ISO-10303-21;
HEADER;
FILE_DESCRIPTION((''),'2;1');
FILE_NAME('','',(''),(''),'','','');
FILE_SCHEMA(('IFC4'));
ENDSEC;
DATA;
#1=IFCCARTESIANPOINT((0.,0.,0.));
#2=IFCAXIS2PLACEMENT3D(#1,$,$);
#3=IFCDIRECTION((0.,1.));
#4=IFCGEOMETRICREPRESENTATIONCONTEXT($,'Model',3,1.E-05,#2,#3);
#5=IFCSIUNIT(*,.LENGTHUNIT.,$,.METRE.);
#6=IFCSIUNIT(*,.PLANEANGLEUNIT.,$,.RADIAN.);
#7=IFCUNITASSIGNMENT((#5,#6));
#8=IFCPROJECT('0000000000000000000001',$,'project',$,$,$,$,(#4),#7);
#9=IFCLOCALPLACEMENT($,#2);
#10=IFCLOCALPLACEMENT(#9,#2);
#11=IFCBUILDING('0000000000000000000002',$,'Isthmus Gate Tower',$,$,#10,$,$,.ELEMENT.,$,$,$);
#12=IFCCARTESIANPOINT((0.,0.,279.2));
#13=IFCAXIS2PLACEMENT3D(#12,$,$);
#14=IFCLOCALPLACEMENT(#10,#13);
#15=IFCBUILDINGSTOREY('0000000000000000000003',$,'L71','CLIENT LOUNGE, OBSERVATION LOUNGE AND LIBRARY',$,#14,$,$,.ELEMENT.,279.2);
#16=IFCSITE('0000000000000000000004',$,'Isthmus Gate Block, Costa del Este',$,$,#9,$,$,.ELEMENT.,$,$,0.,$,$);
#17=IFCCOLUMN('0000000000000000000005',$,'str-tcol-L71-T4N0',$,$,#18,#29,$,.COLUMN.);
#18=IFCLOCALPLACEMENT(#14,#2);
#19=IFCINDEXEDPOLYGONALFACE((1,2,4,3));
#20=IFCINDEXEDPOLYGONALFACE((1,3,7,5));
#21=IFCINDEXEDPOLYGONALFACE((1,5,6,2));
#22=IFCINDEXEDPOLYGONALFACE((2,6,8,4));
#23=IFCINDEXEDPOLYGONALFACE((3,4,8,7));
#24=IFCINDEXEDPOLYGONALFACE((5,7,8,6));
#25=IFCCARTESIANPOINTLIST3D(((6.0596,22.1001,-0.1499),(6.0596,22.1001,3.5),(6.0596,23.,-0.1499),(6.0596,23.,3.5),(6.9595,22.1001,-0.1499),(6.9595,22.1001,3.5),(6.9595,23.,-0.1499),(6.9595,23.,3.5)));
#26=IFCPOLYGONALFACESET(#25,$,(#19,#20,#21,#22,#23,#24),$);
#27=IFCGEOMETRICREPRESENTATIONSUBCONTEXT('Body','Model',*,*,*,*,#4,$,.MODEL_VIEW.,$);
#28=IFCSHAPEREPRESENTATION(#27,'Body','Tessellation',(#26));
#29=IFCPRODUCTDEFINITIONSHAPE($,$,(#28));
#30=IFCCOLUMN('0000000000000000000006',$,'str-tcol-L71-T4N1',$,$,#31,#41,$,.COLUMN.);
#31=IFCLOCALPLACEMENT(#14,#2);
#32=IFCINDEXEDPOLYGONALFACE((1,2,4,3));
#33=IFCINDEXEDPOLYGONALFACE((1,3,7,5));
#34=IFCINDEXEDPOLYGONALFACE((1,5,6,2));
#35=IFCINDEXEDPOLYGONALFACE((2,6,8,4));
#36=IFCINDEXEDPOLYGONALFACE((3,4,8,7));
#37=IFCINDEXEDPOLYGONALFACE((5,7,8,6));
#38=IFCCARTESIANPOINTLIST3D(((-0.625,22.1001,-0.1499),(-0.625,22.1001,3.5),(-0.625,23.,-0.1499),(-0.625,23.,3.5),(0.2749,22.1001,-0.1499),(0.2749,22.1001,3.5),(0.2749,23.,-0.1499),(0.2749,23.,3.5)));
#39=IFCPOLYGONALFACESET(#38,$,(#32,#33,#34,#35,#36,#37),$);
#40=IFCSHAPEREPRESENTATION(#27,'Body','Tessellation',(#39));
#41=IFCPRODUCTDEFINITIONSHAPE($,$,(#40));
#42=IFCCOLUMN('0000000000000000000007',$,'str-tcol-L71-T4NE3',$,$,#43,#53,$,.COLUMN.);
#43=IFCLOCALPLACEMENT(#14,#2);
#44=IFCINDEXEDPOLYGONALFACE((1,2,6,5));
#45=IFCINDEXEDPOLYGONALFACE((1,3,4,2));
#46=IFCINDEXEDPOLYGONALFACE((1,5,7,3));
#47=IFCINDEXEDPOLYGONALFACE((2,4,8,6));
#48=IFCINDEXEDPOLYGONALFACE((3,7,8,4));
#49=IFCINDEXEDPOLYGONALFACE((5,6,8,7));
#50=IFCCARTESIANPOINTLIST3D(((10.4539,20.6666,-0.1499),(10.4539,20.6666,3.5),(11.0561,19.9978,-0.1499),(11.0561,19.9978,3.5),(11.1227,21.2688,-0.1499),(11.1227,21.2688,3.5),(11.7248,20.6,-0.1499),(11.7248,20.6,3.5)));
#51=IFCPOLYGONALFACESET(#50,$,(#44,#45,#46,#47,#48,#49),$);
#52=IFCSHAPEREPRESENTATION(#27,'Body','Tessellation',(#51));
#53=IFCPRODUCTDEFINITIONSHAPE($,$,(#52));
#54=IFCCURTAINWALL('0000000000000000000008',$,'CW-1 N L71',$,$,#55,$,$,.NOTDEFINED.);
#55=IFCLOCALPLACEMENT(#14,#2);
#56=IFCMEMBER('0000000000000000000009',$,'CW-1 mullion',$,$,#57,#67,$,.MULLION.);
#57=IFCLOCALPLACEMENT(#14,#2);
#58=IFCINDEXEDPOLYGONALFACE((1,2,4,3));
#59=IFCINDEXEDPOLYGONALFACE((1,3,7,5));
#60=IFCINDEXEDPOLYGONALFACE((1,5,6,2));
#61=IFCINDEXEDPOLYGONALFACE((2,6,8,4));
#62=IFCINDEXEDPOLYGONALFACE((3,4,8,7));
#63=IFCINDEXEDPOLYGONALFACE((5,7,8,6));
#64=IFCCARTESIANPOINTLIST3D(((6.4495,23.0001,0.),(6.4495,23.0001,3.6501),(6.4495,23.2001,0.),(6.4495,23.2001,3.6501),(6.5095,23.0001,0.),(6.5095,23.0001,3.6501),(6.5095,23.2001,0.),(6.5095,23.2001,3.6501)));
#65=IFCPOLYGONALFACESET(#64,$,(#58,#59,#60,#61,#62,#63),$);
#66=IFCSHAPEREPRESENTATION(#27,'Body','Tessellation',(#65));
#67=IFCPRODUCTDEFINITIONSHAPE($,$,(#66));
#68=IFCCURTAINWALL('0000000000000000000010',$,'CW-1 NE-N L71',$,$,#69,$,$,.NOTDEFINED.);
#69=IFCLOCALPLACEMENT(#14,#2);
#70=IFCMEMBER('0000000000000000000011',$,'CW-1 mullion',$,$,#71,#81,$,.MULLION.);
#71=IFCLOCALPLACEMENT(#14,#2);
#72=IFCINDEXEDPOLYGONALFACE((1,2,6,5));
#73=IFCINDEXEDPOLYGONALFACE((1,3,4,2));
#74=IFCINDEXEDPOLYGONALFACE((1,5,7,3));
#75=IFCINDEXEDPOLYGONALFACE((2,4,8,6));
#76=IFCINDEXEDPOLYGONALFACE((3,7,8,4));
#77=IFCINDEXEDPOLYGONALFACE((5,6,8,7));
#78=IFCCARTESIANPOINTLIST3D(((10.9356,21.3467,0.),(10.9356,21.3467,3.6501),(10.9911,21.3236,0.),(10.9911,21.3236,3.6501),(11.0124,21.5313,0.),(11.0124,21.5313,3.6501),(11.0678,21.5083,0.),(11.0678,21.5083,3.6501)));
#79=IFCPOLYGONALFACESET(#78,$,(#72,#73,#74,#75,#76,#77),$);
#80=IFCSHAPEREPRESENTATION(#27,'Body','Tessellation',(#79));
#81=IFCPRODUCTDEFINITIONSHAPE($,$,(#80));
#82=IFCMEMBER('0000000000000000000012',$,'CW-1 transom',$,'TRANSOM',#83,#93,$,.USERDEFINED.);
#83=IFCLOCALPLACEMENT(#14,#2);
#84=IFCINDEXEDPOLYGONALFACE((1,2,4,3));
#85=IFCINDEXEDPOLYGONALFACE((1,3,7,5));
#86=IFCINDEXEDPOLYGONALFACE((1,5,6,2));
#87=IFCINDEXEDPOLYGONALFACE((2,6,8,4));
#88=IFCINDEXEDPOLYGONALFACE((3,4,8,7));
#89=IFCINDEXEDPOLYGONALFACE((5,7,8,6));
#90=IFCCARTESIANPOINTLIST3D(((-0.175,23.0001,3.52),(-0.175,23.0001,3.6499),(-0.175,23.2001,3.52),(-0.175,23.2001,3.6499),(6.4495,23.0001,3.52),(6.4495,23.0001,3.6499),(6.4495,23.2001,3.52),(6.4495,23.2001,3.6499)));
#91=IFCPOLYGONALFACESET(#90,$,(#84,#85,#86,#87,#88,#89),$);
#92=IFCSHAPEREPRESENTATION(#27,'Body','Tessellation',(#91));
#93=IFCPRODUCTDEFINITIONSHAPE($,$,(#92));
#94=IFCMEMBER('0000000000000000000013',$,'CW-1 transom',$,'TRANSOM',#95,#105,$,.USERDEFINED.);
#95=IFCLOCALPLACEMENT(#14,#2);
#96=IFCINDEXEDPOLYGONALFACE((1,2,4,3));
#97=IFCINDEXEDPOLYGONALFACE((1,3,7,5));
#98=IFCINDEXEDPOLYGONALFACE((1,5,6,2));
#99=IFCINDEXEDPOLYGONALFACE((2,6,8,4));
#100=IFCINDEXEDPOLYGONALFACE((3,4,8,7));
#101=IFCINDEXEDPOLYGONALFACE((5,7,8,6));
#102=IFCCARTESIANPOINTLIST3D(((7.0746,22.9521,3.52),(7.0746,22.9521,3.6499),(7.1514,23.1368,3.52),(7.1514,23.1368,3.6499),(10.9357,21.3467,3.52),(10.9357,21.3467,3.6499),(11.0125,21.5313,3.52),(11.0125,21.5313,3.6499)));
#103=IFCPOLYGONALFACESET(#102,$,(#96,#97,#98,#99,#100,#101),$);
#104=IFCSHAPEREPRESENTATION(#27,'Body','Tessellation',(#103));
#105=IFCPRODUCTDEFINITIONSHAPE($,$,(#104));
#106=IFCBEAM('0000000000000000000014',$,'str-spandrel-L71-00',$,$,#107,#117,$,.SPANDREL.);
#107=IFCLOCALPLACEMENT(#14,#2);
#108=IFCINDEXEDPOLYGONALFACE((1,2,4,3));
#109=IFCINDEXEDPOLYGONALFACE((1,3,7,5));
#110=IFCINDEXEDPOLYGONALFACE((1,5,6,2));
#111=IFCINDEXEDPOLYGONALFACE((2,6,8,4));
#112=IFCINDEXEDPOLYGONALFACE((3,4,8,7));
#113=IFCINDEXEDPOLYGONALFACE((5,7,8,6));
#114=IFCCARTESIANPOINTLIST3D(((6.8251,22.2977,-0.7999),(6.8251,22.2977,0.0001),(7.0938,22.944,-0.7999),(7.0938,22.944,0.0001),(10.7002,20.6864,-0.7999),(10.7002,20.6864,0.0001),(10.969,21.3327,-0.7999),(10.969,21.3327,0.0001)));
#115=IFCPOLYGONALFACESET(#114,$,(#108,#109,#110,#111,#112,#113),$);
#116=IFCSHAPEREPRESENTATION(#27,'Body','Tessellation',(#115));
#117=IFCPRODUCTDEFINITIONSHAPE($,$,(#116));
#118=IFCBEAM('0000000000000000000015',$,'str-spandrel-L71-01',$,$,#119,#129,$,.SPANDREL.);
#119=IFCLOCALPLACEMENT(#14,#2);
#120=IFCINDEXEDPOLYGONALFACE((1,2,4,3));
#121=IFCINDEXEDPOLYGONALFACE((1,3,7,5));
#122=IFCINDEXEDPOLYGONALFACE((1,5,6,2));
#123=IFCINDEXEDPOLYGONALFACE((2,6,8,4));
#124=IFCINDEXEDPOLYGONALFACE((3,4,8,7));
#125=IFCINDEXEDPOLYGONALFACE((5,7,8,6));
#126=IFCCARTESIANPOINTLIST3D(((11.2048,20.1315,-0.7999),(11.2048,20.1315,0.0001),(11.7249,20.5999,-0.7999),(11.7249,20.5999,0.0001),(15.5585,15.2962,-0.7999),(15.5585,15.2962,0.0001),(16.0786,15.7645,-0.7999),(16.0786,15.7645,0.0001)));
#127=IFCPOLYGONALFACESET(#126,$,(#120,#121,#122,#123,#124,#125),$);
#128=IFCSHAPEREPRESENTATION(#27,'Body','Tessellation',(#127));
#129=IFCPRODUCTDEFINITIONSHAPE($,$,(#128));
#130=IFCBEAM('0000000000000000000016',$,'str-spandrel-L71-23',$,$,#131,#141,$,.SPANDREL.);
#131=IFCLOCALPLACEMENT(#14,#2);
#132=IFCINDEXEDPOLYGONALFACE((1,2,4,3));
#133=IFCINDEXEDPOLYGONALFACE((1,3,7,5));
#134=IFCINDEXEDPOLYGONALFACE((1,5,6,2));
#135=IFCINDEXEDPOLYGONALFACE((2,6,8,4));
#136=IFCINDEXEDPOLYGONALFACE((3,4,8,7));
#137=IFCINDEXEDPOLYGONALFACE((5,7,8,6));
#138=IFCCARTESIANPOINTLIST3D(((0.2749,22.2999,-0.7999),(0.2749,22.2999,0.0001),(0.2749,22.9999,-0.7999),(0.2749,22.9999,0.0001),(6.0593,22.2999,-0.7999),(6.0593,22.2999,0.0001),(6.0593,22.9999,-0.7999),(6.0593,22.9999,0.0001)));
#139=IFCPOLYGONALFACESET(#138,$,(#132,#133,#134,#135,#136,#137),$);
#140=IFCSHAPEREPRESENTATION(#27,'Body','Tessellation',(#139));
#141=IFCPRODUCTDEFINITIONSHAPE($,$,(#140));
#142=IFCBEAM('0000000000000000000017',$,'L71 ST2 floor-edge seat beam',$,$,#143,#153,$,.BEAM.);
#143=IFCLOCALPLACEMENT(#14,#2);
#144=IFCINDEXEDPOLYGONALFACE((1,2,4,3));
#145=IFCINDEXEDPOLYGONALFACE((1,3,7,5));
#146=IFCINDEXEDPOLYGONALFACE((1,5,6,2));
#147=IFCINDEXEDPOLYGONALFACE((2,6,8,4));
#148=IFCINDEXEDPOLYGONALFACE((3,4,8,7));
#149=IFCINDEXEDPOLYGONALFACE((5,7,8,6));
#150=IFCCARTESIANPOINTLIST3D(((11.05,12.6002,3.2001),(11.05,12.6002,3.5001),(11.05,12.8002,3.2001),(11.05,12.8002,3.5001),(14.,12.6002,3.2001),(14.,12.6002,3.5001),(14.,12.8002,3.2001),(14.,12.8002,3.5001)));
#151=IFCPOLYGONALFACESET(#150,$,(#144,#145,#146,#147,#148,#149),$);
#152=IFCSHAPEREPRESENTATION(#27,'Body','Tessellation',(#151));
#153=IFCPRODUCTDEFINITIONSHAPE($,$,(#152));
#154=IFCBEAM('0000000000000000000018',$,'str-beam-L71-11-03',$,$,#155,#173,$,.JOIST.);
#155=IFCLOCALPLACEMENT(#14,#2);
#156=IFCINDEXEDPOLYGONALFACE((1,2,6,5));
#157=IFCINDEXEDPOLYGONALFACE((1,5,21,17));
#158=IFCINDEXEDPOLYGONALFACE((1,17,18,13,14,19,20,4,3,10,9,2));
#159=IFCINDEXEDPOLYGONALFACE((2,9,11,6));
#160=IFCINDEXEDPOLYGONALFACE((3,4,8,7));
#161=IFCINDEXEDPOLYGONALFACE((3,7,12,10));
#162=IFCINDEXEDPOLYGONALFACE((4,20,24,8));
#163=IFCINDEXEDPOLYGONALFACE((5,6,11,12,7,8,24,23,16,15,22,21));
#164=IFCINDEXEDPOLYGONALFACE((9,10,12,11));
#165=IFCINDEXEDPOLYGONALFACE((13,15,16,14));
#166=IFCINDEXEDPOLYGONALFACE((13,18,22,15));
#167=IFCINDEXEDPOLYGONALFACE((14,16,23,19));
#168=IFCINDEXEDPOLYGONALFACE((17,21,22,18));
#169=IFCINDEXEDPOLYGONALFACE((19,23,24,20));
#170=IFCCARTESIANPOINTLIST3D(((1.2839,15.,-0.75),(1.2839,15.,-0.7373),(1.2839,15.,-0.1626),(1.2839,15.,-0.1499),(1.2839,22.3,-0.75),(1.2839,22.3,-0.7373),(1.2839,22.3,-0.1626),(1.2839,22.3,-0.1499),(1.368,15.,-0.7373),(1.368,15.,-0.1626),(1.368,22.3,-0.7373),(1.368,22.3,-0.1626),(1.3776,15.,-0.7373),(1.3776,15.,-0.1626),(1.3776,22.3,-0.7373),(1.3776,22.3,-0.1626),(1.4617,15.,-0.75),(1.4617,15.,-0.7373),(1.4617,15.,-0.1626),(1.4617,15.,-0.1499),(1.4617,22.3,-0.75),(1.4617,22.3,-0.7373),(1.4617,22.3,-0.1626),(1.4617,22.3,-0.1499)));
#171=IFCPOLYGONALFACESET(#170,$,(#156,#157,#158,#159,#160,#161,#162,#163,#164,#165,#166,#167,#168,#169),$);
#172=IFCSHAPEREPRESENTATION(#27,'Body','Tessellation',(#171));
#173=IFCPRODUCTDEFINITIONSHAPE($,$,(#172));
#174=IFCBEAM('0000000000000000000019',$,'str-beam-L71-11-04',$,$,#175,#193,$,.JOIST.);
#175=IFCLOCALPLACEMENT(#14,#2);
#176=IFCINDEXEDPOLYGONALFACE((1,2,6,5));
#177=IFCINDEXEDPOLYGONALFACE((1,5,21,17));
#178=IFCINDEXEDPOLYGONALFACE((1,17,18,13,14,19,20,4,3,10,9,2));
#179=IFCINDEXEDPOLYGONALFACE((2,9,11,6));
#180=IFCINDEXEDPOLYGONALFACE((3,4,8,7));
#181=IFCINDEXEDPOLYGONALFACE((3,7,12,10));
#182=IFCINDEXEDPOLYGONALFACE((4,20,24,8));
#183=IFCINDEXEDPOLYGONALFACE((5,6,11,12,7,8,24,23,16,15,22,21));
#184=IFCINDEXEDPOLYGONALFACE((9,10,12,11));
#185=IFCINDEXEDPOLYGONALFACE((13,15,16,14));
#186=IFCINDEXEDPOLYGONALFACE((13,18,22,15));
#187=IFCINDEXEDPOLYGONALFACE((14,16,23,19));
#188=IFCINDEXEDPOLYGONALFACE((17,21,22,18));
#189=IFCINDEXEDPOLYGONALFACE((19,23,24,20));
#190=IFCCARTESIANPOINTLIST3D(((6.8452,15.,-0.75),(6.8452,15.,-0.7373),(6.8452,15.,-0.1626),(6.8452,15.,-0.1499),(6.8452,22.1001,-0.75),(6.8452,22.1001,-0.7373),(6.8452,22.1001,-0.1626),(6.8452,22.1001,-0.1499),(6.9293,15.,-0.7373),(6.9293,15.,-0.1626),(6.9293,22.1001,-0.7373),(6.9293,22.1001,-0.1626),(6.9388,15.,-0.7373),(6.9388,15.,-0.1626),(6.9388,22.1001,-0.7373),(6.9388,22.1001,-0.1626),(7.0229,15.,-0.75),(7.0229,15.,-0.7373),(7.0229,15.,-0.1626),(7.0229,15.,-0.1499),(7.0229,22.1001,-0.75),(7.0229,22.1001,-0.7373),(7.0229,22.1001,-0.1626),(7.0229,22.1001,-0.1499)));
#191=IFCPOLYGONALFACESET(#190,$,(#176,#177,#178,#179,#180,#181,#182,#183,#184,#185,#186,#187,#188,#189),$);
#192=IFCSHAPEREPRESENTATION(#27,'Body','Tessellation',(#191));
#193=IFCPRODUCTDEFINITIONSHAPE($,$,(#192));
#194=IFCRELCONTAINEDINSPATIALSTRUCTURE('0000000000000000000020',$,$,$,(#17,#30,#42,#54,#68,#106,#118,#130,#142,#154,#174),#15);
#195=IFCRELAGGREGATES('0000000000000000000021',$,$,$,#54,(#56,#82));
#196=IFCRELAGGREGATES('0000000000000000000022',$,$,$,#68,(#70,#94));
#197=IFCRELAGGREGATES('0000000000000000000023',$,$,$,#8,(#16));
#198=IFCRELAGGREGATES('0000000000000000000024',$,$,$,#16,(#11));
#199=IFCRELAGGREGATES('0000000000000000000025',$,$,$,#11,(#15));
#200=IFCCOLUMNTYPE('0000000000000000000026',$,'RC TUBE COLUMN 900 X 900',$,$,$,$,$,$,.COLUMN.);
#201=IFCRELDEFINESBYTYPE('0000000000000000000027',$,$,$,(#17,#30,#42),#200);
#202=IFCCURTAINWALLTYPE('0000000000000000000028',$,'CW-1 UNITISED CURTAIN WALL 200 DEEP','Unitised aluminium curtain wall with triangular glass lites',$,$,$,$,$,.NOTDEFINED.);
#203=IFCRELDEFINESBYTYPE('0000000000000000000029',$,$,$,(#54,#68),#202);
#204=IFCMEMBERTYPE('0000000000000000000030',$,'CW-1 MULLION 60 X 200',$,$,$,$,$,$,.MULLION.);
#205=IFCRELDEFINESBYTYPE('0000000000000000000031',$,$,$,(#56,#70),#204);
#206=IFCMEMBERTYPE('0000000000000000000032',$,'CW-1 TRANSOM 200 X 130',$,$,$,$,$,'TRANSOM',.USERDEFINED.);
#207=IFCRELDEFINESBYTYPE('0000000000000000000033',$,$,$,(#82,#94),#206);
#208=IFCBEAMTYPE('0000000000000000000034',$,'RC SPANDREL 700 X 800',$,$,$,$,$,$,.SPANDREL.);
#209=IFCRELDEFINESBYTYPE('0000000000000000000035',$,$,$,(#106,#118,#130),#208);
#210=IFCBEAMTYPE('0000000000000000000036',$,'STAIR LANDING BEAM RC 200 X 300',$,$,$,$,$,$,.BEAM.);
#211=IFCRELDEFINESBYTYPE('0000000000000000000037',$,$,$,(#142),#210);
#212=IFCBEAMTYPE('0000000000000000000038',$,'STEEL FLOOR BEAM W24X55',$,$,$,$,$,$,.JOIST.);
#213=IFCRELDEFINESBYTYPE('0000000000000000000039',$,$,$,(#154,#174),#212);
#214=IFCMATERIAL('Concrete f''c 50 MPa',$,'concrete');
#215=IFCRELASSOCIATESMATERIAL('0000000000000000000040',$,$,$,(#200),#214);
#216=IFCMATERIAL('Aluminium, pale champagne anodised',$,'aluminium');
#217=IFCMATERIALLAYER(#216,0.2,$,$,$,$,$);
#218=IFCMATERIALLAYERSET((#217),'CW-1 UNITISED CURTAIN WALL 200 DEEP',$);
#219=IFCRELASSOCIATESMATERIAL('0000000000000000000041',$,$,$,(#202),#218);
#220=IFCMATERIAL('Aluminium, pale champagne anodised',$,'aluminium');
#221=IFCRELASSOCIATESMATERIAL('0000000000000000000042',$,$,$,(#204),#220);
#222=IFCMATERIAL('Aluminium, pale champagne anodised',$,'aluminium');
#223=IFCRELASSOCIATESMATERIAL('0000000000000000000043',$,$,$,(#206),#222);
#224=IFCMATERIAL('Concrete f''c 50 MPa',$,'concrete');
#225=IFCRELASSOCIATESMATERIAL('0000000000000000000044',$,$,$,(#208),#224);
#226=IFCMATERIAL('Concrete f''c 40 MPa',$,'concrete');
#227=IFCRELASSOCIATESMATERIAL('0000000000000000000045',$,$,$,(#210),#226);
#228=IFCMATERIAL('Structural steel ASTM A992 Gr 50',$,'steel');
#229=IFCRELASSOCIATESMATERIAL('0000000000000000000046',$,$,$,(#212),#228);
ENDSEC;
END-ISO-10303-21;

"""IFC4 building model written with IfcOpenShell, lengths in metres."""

from ifc_helpers import new_model, si_unit, direction, frame, origin, origin_2d, place, context, subcontext, project, spatial, rectangle, i_section, extrude, material, layer, layer_set, material_profile, profile_set, type_object, element, aggregate, save


model = new_model("IFC4")

# Units and contexts
model_context = context("Model", 3, precision=1e-05, world=origin(), true_north=direction((0.0, 1.0)))
body_context = subcontext(model_context, "Body", "Model", "MODEL_VIEW")
ifc_project = project(units=[si_unit("LENGTHUNIT", "METRE"), si_unit("PLANEANGLEUNIT", "RADIAN")], contexts=[model_context])

# Site, building, storey
site_placement = place(None, origin())
site = spatial("IfcSite", under=ifc_project, at=site_placement, Name="Isthmus Gate Block, Costa del Este", CompositionType="ELEMENT", RefElevation=0.0)
building_placement = place(site_placement, origin())
building = spatial("IfcBuilding", under=site, at=building_placement, Name="Isthmus Gate Tower", CompositionType="ELEMENT")
storey_placement = place(building_placement, frame((0.0, 0.0, 279.2)))
storey = spatial("IfcBuildingStorey", under=building, at=storey_placement, Name="L71", Description="CLIENT LOUNGE, OBSERVATION LOUNGE AND LIBRARY", CompositionType="ELEMENT", Elevation=279.2)

# Columns
ifc_material_1 = material(Name="Concrete f'c 50 MPa", Category="concrete")
ifc_material_profile_1 = material_profile(ifc_material_1, rectangle(XDim=0.8999, YDim=0.8999, at=origin_2d()), Name="RC 900X900")
ifc_profile_set_1 = profile_set([ifc_material_profile_1], Name="Concrete f'c 50 MPa")
column_type = type_object("IfcColumnType", Name="RC TUBE COLUMN 900 X 900", PredefinedType="COLUMN", material=ifc_profile_set_1)
for number, where, z_axis, x_axis, name in (
    (1, (6.5095, 22.55, -0.1499), (0.0, 0.0, 1.0), (-1.0, 0.0, 0.0), "str-tcol-L71-T4N0"),
    (2, (-0.175, 22.55, -0.1499), (0.0, 0.0, 1.0), (-1.0, 0.0, 0.0), "str-tcol-L71-T4N1"),
    (3, (11.0894, 20.6333, -0.1499), (0.0, 0.0, 1.0), (-0.669131, 0.743145, 0.0), "str-tcol-L71-T4NE3"),
):
    element("IfcColumn", number, at=place(storey_placement, frame(where, z_axis=z_axis, x_axis=x_axis)), inside=storey, type_object=column_type, Name=name, PredefinedType="COLUMN", context=body_context, shape_type="SweptSolid", body=[
        extrude(rectangle(XDim=0.8999, YDim=0.8999, at=origin_2d()), origin(), (0.0, 0.0, 1.0), 3.6499),
    ])

# Curtain walls, members
ifc_material_2 = material(Name="Aluminium, pale champagne anodised", Category="aluminium")
ifc_layer_1 = layer(ifc_material_2, 0.2)
ifc_layer_set_1 = layer_set([ifc_layer_1], Name="CW-1 UNITISED CURTAIN WALL 200 DEEP")
curtain_wall_type = type_object("IfcCurtainWallType", Name="CW-1 UNITISED CURTAIN WALL 200 DEEP", Description="Unitised aluminium curtain wall with triangular glass lites", PredefinedType="NOTDEFINED", material=ifc_layer_set_1)
curtain_wall_1_placement = place(storey_placement, origin())
curtain_wall_1 = element("IfcCurtainWall", 4, at=curtain_wall_1_placement, inside=storey, type_object=curtain_wall_type, Name="CW-1 N L71", PredefinedType="NOTDEFINED")
ifc_material_3 = material(Name="Aluminium, pale champagne anodised", Category="aluminium")
ifc_material_profile_2 = material_profile(ifc_material_3, rectangle(XDim=0.0601, YDim=0.2, at=origin_2d()), Name="60x200")
ifc_profile_set_2 = profile_set([ifc_material_profile_2], Name="Aluminium, pale champagne anodised")
member_type_1 = type_object("IfcMemberType", Name="CW-1 MULLION 60 X 200", PredefinedType="MULLION", material=ifc_profile_set_2)
member_1_placement = place(storey_placement, frame((6.4795, 23.1001, 0.0), z_axis=(0.0, 0.0, 1.0), x_axis=(-1.0, 0.0, 0.0)))
member_1 = element("IfcMember", 5, at=member_1_placement, type_object=member_type_1, Name="CW-1 mullion", PredefinedType="MULLION", context=body_context, shape_type="SweptSolid", body=[
    extrude(rectangle(XDim=0.0601, YDim=0.2, at=origin_2d()), origin(), (0.0, 0.0, 1.0), 3.6501),
])
curtain_wall_2_placement = place(storey_placement, origin())
curtain_wall_2 = element("IfcCurtainWall", 6, at=curtain_wall_2_placement, inside=storey, type_object=curtain_wall_type, Name="CW-1 NE-N L71", PredefinedType="NOTDEFINED")
member_2_placement = place(storey_placement, frame((11.0017, 21.4275, 0.0), z_axis=(0.0, 0.0, 1.0), x_axis=(-0.923353, 0.383952, 0.0)))
member_2 = element("IfcMember", 7, at=member_2_placement, type_object=member_type_1, Name="CW-1 mullion", PredefinedType="MULLION", context=body_context, shape_type="SweptSolid", body=[
    extrude(rectangle(XDim=0.0601, YDim=0.2, at=origin_2d()), origin(), (0.0, 0.0, 1.0), 3.6501),
])

# Members
ifc_material_4 = material(Name="Aluminium, pale champagne anodised", Category="aluminium")
ifc_material_profile_3 = material_profile(ifc_material_4, rectangle(XDim=0.2, YDim=0.1299, at=origin_2d()), Name="200x130")
ifc_profile_set_3 = profile_set([ifc_material_profile_3], Name="Aluminium, pale champagne anodised")
member_type_2 = type_object("IfcMemberType", Name="CW-1 TRANSOM 200 X 130", ElementType="TRANSOM", PredefinedType="USERDEFINED", material=ifc_profile_set_3)
member_3_placement = place(storey_placement, frame((6.4495, 23.1001, 3.585), z_axis=(-1.0, 0.0, 0.0), x_axis=(0.0, -1.0, 0.0)))
member_3 = element("IfcMember", 8, at=member_3_placement, type_object=member_type_2, Name="CW-1 transom", ObjectType="TRANSOM", PredefinedType="USERDEFINED", context=body_context, shape_type="SweptSolid", body=[
    extrude(rectangle(XDim=0.2, YDim=0.1299, at=origin_2d()), origin(), (0.0, 0.0, 1.0), 6.6245),
])
member_4_placement = place(storey_placement, frame((10.9741, 21.439, 3.585), z_axis=(-0.923358, 0.38394, 0.0), x_axis=(-0.38394, -0.923358, 0.0)))
member_4 = element("IfcMember", 9, at=member_4_placement, type_object=member_type_2, Name="CW-1 transom", ObjectType="TRANSOM", PredefinedType="USERDEFINED", context=body_context, shape_type="SweptSolid", body=[
    extrude(rectangle(XDim=0.2, YDim=0.1299, at=origin_2d()), origin(), (0.0, 0.0, 1.0), 4.1816),
])

# Beams
ifc_material_5 = material(Name="Concrete f'c 50 MPa", Category="concrete")
ifc_material_profile_4 = material_profile(ifc_material_5, rectangle(XDim=0.7, YDim=0.8, at=origin_2d()), Name="RC 700X800")
ifc_profile_set_4 = profile_set([ifc_material_profile_4], Name="Concrete f'c 50 MPa")
beam_type_1 = type_object("IfcBeamType", Name="RC SPANDREL 700 X 800", PredefinedType="SPANDREL", material=ifc_profile_set_4)
beam_1_placement = place(storey_placement, frame((6.9595, 22.6208, -0.3999), z_axis=(0.923361, -0.383934, 0.0), x_axis=(0.383934, 0.923361, 0.0)))
element("IfcBeam", 10, at=beam_1_placement, inside=storey, type_object=beam_type_1, Name="str-spandrel-L71-00", PredefinedType="SPANDREL", context=body_context, shape_type="SweptSolid", body=[
    extrude(rectangle(XDim=0.7, YDim=0.8, at=origin_2d()), origin(), (0.0, 0.0, 1.0), 4.1968),
])
beam_2_placement = place(storey_placement, frame((11.4648, 20.3657, -0.3999), z_axis=(0.669122, -0.743152, 0.0), x_axis=(0.743152, 0.669122, 0.0)))
element("IfcBeam", 11, at=beam_2_placement, inside=storey, type_object=beam_type_1, Name="str-spandrel-L71-01", PredefinedType="SPANDREL", context=body_context, shape_type="SweptSolid", body=[
    extrude(rectangle(XDim=0.7, YDim=0.8, at=origin_2d()), origin(), (0.0, 0.0, 1.0), 6.5066),
])
beam_3_placement = place(storey_placement, frame((0.2749, 22.6499, -0.3999), z_axis=(1.0, 0.0, 0.0), x_axis=(0.0, 1.0, 0.0)))
element("IfcBeam", 12, at=beam_3_placement, inside=storey, type_object=beam_type_1, Name="str-spandrel-L71-23", PredefinedType="SPANDREL", context=body_context, shape_type="SweptSolid", body=[
    extrude(rectangle(XDim=0.7, YDim=0.8, at=origin_2d()), origin(), (0.0, 0.0, 1.0), 5.7844),
])
ifc_material_6 = material(Name="Concrete f'c 40 MPa", Category="concrete")
ifc_material_profile_5 = material_profile(ifc_material_6, rectangle(XDim=0.2, YDim=0.3, at=origin_2d()), Name="STAIR LANDING BEAM RC 200 X 300")
ifc_profile_set_5 = profile_set([ifc_material_profile_5], Name="Concrete f'c 40 MPa")
beam_type_2 = type_object("IfcBeamType", Name="STAIR LANDING BEAM RC 200 X 300", PredefinedType="BEAM", material=ifc_profile_set_5)
beam_4_placement = place(storey_placement, frame((11.05, 12.7002, 3.3501), z_axis=(1.0, 0.0, 0.0), x_axis=(0.0, 1.0, 0.0)))
element("IfcBeam", 13, at=beam_4_placement, inside=storey, type_object=beam_type_2, Name="L71 ST2 floor-edge seat beam", PredefinedType="BEAM", context=body_context, shape_type="SweptSolid", body=[
    extrude(rectangle(XDim=0.2, YDim=0.3, at=origin_2d()), origin(), (0.0, 0.0, 1.0), 2.95),
])
ifc_material_7 = material(Name="Structural steel ASTM A992 Gr 50", Category="steel")
ifc_material_profile_6 = material_profile(ifc_material_7, i_section(OverallWidth=0.1777, OverallDepth=0.6001, WebThickness=0.0095, FlangeThickness=0.0127, at=origin_2d()), Name="W24X55")
ifc_profile_set_6 = profile_set([ifc_material_profile_6], Name="Structural steel ASTM A992 Gr 50")
beam_type_3 = type_object("IfcBeamType", Name="STEEL FLOOR BEAM W24X55", PredefinedType="JOIST", material=ifc_profile_set_6)
beam_5_placement = place(storey_placement, frame((1.3728, 15.0, -0.45), z_axis=(0.0, 1.0, 0.0), x_axis=(-1.0, 0.0, 0.0)))
element("IfcBeam", 14, at=beam_5_placement, inside=storey, type_object=beam_type_3, Name="str-beam-L71-11-03", PredefinedType="JOIST", context=body_context, shape_type="SweptSolid", body=[
    extrude(i_section(OverallWidth=0.1777, OverallDepth=0.6001, WebThickness=0.0095, FlangeThickness=0.0127, at=origin_2d()), origin(), (0.0, 0.0, 1.0), 7.3),
])
beam_6_placement = place(storey_placement, frame((6.9341, 15.0, -0.45), z_axis=(0.0, 1.0, 0.0), x_axis=(-1.0, 0.0, 0.0)))
element("IfcBeam", 15, at=beam_6_placement, inside=storey, type_object=beam_type_3, Name="str-beam-L71-11-04", PredefinedType="JOIST", context=body_context, shape_type="SweptSolid", body=[
    extrude(i_section(OverallWidth=0.1777, OverallDepth=0.6001, WebThickness=0.0095, FlangeThickness=0.0127, at=origin_2d()), origin(), (0.0, 0.0, 1.0), 7.1001),
])

aggregate(curtain_wall_1, [member_1, member_3])
aggregate(curtain_wall_2, [member_2, member_4])

save(model, "model.ifc")
